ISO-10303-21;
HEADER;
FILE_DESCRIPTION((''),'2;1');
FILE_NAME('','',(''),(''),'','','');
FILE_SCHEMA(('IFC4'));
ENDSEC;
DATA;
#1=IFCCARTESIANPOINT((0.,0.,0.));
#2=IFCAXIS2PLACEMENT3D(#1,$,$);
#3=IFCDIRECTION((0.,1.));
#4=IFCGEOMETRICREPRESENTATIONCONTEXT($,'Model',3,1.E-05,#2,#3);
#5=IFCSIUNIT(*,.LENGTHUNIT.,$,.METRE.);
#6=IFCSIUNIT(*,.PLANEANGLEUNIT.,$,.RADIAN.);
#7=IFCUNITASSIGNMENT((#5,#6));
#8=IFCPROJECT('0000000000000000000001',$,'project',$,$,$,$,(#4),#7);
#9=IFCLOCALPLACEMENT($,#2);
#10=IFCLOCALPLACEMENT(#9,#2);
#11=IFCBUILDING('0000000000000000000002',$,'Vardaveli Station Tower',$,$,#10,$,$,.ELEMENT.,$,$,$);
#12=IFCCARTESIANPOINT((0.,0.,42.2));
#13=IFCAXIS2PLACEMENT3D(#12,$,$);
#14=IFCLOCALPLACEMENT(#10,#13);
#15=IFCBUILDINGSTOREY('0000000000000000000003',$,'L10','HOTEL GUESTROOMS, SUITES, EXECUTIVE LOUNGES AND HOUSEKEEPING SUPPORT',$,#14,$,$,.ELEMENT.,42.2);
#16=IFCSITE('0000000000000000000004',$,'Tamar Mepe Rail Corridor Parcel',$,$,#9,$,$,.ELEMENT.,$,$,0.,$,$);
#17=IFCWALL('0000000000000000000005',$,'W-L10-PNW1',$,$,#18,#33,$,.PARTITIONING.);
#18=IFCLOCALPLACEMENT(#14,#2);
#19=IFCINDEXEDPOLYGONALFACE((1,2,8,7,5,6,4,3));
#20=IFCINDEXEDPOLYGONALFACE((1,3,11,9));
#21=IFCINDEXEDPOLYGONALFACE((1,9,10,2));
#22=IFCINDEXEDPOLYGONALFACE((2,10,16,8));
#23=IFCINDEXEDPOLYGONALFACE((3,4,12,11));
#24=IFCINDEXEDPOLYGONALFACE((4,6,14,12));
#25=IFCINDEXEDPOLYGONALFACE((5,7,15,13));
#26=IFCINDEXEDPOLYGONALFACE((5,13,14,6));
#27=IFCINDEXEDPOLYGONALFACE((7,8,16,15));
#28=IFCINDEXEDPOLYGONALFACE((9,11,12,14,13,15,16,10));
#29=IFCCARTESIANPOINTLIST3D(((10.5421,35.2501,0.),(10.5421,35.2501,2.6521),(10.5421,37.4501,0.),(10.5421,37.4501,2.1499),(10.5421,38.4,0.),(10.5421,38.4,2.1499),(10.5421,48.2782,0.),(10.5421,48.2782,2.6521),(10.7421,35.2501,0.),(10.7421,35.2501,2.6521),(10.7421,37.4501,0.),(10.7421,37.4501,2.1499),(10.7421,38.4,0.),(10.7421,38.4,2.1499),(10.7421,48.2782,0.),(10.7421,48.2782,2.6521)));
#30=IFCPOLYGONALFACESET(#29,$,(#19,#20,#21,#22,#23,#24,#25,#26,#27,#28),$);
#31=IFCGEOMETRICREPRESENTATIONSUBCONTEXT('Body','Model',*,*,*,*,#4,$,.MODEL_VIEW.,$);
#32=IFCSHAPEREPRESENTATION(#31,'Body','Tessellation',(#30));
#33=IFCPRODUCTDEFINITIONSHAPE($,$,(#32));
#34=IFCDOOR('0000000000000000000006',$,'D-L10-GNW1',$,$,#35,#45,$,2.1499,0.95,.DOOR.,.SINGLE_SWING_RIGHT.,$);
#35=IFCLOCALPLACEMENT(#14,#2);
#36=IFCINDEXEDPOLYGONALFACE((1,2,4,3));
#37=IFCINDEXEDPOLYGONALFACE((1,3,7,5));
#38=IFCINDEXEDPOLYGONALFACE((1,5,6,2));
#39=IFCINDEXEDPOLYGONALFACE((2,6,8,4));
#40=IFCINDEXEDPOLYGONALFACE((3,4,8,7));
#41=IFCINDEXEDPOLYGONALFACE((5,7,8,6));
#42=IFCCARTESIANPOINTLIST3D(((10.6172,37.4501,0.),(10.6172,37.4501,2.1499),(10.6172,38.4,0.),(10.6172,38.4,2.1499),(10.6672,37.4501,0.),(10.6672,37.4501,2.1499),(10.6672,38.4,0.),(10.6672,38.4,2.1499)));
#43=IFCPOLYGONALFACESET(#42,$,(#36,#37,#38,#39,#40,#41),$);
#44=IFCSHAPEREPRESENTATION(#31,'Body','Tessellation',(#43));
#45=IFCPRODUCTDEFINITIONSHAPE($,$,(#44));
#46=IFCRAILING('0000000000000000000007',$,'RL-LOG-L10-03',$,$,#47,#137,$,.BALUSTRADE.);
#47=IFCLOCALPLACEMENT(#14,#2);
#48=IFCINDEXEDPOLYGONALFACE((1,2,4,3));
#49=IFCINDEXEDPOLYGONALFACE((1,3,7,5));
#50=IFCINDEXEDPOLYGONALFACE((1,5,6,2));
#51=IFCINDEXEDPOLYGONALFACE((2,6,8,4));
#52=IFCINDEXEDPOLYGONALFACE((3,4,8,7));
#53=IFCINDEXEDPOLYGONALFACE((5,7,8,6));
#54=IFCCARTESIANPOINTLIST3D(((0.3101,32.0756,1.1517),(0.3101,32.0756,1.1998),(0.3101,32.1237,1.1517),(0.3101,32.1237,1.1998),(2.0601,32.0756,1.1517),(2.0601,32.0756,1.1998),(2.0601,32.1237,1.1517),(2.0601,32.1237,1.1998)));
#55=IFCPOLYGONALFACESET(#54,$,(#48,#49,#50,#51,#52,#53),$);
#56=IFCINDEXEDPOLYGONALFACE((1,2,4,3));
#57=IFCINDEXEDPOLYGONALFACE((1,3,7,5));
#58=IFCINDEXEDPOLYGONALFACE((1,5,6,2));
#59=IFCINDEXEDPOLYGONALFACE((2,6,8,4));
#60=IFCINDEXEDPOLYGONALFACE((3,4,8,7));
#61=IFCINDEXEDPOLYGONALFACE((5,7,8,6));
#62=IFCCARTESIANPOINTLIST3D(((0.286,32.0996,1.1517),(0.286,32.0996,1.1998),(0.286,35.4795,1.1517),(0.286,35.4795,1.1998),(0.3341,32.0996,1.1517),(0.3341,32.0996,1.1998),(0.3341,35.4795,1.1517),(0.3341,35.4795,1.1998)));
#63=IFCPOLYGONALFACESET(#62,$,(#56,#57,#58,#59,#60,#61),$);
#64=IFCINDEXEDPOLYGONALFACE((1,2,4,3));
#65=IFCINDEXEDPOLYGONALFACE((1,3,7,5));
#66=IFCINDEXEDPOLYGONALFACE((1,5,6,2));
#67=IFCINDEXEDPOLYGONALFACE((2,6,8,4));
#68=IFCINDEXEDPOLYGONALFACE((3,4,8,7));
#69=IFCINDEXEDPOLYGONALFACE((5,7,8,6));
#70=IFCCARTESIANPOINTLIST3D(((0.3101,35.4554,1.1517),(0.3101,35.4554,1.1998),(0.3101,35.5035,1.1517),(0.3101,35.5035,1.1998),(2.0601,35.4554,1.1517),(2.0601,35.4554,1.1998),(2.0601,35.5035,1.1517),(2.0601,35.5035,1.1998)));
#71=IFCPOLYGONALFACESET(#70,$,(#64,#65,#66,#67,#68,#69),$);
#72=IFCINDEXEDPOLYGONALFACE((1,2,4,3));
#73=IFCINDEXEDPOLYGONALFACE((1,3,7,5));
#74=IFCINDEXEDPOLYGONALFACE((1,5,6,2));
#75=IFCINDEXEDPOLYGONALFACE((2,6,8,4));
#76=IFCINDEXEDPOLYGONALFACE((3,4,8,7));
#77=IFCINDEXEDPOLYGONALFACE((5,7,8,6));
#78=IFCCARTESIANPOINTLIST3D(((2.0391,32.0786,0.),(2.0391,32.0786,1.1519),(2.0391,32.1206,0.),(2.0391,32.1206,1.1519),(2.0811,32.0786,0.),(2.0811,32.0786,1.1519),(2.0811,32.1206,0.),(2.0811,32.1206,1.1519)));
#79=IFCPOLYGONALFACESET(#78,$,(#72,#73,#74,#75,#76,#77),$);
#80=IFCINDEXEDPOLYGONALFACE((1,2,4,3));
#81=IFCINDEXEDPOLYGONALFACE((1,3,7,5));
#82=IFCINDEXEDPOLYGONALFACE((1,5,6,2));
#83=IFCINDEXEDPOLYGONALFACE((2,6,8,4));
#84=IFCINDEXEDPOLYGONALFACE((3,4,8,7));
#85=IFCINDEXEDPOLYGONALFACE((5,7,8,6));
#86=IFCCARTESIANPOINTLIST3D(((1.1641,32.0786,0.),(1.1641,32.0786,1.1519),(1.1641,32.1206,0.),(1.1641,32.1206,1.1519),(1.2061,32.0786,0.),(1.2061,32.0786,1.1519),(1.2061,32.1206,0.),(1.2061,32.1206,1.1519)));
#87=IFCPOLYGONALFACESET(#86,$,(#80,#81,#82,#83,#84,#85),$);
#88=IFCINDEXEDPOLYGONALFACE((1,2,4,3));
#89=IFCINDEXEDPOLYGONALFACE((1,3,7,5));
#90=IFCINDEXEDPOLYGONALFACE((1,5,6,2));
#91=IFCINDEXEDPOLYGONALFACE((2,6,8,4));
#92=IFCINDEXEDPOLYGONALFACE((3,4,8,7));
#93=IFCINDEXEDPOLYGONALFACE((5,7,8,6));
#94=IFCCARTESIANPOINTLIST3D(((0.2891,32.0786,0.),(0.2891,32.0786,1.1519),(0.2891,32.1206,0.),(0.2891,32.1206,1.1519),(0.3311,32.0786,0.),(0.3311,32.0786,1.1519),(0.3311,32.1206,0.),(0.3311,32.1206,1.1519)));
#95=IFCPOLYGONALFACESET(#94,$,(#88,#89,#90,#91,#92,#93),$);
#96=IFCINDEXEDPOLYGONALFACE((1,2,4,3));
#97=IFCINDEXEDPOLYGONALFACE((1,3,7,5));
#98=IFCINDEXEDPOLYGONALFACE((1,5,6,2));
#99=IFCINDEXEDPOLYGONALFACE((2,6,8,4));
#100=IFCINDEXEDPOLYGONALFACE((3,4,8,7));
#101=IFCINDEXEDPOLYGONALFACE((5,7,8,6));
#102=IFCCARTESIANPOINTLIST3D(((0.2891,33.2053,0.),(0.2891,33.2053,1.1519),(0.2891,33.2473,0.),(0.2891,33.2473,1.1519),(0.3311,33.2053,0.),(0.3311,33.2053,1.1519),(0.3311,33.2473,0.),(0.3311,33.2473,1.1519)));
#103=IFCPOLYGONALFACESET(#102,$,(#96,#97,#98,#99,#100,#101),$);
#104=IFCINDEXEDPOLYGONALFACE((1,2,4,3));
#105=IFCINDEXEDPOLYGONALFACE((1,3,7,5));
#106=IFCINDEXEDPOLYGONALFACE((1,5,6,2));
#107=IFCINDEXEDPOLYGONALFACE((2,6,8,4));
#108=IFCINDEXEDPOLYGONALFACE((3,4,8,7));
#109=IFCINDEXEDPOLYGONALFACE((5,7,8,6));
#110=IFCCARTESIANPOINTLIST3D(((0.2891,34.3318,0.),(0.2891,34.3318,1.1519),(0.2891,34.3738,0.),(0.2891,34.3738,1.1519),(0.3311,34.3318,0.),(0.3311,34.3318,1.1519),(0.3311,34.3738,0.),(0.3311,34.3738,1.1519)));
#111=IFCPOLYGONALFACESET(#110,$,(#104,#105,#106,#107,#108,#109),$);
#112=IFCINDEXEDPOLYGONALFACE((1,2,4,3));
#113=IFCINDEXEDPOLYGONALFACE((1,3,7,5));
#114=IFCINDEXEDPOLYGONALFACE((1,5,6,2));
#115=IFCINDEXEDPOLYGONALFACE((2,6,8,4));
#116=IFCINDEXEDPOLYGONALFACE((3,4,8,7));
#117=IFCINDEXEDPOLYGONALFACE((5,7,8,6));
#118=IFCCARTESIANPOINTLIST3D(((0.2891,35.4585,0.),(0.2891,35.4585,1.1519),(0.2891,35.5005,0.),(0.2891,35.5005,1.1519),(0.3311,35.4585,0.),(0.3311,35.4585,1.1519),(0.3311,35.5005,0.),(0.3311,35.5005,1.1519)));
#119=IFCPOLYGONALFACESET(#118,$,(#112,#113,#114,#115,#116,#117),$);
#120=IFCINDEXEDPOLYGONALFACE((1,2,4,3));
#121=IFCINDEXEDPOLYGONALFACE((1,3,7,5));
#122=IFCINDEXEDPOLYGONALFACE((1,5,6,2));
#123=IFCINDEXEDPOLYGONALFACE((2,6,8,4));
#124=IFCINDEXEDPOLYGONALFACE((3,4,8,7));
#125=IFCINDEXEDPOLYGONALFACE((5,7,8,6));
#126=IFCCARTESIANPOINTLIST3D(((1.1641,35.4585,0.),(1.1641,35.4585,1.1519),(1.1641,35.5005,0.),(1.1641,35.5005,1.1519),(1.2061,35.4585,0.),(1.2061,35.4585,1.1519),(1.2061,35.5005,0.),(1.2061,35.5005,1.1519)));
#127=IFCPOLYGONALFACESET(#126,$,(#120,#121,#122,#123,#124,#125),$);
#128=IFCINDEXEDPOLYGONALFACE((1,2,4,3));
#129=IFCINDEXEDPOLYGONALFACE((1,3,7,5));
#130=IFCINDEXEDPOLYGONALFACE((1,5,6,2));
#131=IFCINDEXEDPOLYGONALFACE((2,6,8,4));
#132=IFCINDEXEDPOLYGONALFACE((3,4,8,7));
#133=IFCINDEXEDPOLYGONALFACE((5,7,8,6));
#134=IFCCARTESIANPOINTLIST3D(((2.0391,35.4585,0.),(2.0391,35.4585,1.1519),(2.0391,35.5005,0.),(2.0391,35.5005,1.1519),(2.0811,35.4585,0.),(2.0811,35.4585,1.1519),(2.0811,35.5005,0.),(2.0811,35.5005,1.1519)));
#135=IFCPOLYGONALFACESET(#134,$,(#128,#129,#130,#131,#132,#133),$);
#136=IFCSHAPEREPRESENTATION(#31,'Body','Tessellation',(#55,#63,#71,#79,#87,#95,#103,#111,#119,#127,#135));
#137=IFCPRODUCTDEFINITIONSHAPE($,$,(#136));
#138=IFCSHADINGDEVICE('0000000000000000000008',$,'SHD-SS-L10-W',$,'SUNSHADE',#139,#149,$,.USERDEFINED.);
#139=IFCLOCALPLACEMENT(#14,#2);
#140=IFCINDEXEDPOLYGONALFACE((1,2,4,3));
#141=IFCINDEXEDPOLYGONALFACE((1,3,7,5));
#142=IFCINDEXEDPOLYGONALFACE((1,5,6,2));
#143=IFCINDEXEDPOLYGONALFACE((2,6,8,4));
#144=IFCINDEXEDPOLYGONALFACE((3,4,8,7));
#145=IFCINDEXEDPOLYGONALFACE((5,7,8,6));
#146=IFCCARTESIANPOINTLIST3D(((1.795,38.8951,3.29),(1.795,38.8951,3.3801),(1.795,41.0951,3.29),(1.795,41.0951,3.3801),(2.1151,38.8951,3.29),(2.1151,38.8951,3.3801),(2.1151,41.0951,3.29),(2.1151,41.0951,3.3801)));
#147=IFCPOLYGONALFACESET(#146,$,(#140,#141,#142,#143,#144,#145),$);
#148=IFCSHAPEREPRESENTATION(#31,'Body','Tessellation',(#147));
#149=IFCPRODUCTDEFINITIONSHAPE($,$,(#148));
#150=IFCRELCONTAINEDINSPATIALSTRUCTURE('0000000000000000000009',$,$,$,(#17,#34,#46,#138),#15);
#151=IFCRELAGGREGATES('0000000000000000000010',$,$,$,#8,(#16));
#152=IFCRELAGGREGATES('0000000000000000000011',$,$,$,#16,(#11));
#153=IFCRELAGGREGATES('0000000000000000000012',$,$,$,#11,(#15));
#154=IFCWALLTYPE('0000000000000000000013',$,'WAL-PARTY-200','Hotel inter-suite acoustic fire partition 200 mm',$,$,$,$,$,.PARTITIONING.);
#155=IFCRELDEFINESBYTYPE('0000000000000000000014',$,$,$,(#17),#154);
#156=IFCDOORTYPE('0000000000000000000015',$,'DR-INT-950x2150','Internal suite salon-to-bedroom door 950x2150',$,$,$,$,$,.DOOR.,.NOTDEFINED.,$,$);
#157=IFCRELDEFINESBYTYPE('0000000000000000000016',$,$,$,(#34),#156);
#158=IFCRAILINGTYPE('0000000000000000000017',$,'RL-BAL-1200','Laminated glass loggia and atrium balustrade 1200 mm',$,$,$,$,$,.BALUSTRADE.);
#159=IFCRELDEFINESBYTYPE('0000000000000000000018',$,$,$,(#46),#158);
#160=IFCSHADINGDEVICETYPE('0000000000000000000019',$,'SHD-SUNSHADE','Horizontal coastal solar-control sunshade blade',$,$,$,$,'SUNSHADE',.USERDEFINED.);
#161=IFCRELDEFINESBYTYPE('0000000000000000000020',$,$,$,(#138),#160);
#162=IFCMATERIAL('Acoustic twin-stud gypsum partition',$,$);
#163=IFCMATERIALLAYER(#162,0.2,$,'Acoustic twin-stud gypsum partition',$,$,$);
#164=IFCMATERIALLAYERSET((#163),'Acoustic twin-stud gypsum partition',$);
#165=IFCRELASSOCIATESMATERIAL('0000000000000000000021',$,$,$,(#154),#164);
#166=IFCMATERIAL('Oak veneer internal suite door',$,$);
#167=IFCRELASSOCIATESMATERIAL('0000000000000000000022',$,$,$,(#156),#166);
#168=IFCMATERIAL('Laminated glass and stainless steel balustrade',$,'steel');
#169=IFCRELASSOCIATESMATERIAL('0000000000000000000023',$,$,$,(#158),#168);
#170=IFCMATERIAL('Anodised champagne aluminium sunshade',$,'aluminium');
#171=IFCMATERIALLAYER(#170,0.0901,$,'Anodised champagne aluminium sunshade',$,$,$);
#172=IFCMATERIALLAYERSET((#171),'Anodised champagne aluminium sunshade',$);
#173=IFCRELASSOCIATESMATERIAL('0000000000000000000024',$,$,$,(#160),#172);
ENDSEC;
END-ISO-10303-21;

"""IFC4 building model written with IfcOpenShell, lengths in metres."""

from ifc_helpers import new_model, si_unit, direction, frame, frame_2d, origin, origin_2d, place, context, subcontext, project, spatial, rectangle, extrude, source, transform, mapped, material, layer, layer_set, type_object, element, fill, save


model = new_model("IFC4")

# Units and contexts
model_context = context("Model", 3, precision=1e-05, world=origin(), true_north=direction((0.0, 1.0)))
body_context = subcontext(model_context, "Body", "Model", "MODEL_VIEW")
ifc_project = project(units=[si_unit("LENGTHUNIT", "METRE"), si_unit("PLANEANGLEUNIT", "RADIAN")], contexts=[model_context])

# Site, building, storey
site_placement = place(None, origin())
site = spatial("IfcSite", under=ifc_project, at=site_placement, Name="Tamar Mepe Rail Corridor Parcel", CompositionType="ELEMENT", RefElevation=0.0)
building_placement = place(site_placement, origin())
building = spatial("IfcBuilding", under=site, at=building_placement, Name="Vardaveli Station Tower", CompositionType="ELEMENT")
storey_placement = place(building_placement, frame((0.0, 0.0, 42.2)))
storey = spatial("IfcBuildingStorey", under=building, at=storey_placement, Name="L10", Description="HOTEL GUESTROOMS, SUITES, EXECUTIVE LOUNGES AND HOUSEKEEPING SUPPORT", CompositionType="ELEMENT", Elevation=42.2)

# Wall, opening, door
ifc_material_1 = material(Name="Acoustic twin-stud gypsum partition")
ifc_layer_1 = layer(ifc_material_1, 0.2, Name="Acoustic twin-stud gypsum partition")
ifc_layer_set_1 = layer_set([ifc_layer_1], Name="Acoustic twin-stud gypsum partition")
wall_type_1 = type_object("IfcWallType", Name="WAL-PARTY-200", Description="Hotel inter-suite acoustic fire partition 200 mm", PredefinedType="PARTITIONING", material=ifc_layer_set_1)
shared_shape_1 = source(origin(), body_context, "Body", "SweptSolid", [
    extrude(rectangle(XDim=13.0281, YDim=0.2, at=frame_2d((6.5142, 0.0))), origin(), (0.0, 0.0, 1.0), 2.6521),
])
wall_1_placement = place(storey_placement, frame((10.6421, 35.25, 0.0), z_axis=(0.0, 0.0, 1.0), x_axis=(0.0, 1.0, 0.0)))
wall_1 = element("IfcWall", 1, at=wall_1_placement, inside=storey, type_object=wall_type_1, Name="W-L10-PNW1", PredefinedType="PARTITIONING", context=body_context, shape_type="MappedRepresentation", body=[
    mapped(shared_shape_1, transform((0.0, 0.0, 0.0), scale=1.0)),
])
shared_shape_2 = source(origin(), body_context, "Body", "SweptSolid", [
    extrude(rectangle(XDim=0.95, YDim=2.1499, at=frame_2d((0.4751, 1.075))), frame((0.0, 0.1099, 0.0), z_axis=(0.0, -1.0, 0.0), x_axis=(1.0, 0.0, 0.0)), (0.0, 0.0, 1.0), 0.22),
])
opening_1_placement = place(wall_1_placement, frame((2.2, 0.0, 0.0)))
opening_1 = element("IfcOpeningElement", 2, at=opening_1_placement, cuts=wall_1, PredefinedType="OPENING", context=body_context, shape_type="MappedRepresentation", body=[
    mapped(shared_shape_2, transform((0.0, 0.0, 0.0), scale=1.0)),
])
ifc_material_2 = material(Name="Oak veneer internal suite door")
door_type_1 = type_object("IfcDoorType", Name="DR-INT-950x2150", Description="Internal suite salon-to-bedroom door 950x2150", OperationType="NOTDEFINED", PredefinedType="DOOR", material=ifc_material_2)
shared_shape_3 = source(origin(), body_context, "Body", "SweptSolid", [
    extrude(rectangle(XDim=0.95, YDim=2.1499, at=frame_2d((0.4751, 1.075))), frame((0.0, 0.0249, 0.0), z_axis=(0.0, -1.0, 0.0), x_axis=(1.0, 0.0, 0.0)), (0.0, 0.0, 1.0), 0.05),
])
door_1_placement = place(opening_1_placement, origin())
door_1 = element("IfcDoor", 3, at=door_1_placement, inside=storey, type_object=door_type_1, Name="D-L10-GNW1", OperationType="SINGLE_SWING_RIGHT", OverallHeight=2.1499, OverallWidth=0.95, PredefinedType="DOOR", context=body_context, shape_type="MappedRepresentation", body=[
    mapped(shared_shape_3, transform((0.0, 0.0, 0.0), scale=1.0)),
])
fill(opening_1, door_1)

# Railing
ifc_material_3 = material(Name="Laminated glass and stainless steel balustrade", Category="steel")
railing_type = type_object("IfcRailingType", Name="RL-BAL-1200", Description="Laminated glass loggia and atrium balustrade 1200 mm", PredefinedType="BALUSTRADE", material=ifc_material_3)
shared_shape_4 = source(origin(), body_context, "Body", "SweptSolid", [
    extrude(rectangle(XDim=0.0481, YDim=0.0481, at=origin_2d()), frame((0.0, 0.0, 1.1758), z_axis=(-1.0, 0.0, 0.0), x_axis=(0.0, -1.0, 0.0)), (0.0, 0.0, 1.0), 1.75),
    extrude(rectangle(XDim=0.0481, YDim=0.0481, at=origin_2d()), frame((-1.75, 0.0, 1.1758), z_axis=(0.0, 1.0, 0.0), x_axis=(-1.0, 0.0, 0.0)), (0.0, 0.0, 1.0), 3.3799),
    extrude(rectangle(XDim=0.0481, YDim=0.0481, at=origin_2d()), frame((-1.75, 3.3799, 1.1758), z_axis=(1.0, 0.0, 0.0), x_axis=(0.0, 1.0, 0.0)), (0.0, 0.0, 1.0), 1.75),
    extrude(rectangle(XDim=0.042, YDim=0.042, at=origin_2d()), origin(), (0.0, 0.0, 1.0), 1.1519),
    extrude(rectangle(XDim=0.042, YDim=0.042, at=origin_2d()), frame((-0.875, 0.0, 0.0)), (0.0, 0.0, 1.0), 1.1519),
    extrude(rectangle(XDim=0.042, YDim=0.042, at=origin_2d()), frame((-1.75, 0.0, 0.0)), (0.0, 0.0, 1.0), 1.1519),
    extrude(rectangle(XDim=0.042, YDim=0.042, at=origin_2d()), frame((-1.75, 1.1267, 0.0)), (0.0, 0.0, 1.0), 1.1519),
    extrude(rectangle(XDim=0.042, YDim=0.042, at=origin_2d()), frame((-1.75, 2.2532, 0.0)), (0.0, 0.0, 1.0), 1.1519),
    extrude(rectangle(XDim=0.042, YDim=0.042, at=origin_2d()), frame((-1.75, 3.3799, 0.0)), (0.0, 0.0, 1.0), 1.1519),
    extrude(rectangle(XDim=0.042, YDim=0.042, at=origin_2d()), frame((-0.875, 3.3799, 0.0)), (0.0, 0.0, 1.0), 1.1519),
    extrude(rectangle(XDim=0.042, YDim=0.042, at=origin_2d()), frame((0.0, 3.3799, 0.0)), (0.0, 0.0, 1.0), 1.1519),
])
railing_placement = place(storey_placement, frame((2.0601, 32.0996, 0.0)))
element("IfcRailing", 4, at=railing_placement, inside=storey, type_object=railing_type, Name="RL-LOG-L10-03", PredefinedType="BALUSTRADE", context=body_context, shape_type="MappedRepresentation", body=[
    mapped(shared_shape_4, transform((0.0, 0.0, 0.0), scale=1.0)),
])

# Shading device
ifc_material_4 = material(Name="Anodised champagne aluminium sunshade", Category="aluminium")
ifc_layer_2 = layer(ifc_material_4, 0.0901, Name="Anodised champagne aluminium sunshade")
ifc_layer_set_2 = layer_set([ifc_layer_2], Name="Anodised champagne aluminium sunshade")
shading_device_type = type_object("IfcShadingDeviceType", Name="SHD-SUNSHADE", Description="Horizontal coastal solar-control sunshade blade", ElementType="SUNSHADE", PredefinedType="USERDEFINED", material=ifc_layer_set_2)
shared_shape_5 = source(origin(), body_context, "Body", "SweptSolid", [
    extrude(rectangle(XDim=2.2, YDim=0.3201, at=origin_2d()), origin(), (0.0, 0.0, 1.0), 0.0901),
])
shading_device_placement = place(storey_placement, frame((1.9551, 39.9951, 3.29), z_axis=(0.0, 0.0, 1.0), x_axis=(0.0, 1.0, 0.0)))
element("IfcShadingDevice", 5, at=shading_device_placement, inside=storey, type_object=shading_device_type, Name="SHD-SS-L10-W", ObjectType="SUNSHADE", PredefinedType="USERDEFINED", context=body_context, shape_type="MappedRepresentation", body=[
    mapped(shared_shape_5, transform((0.0, 0.0, 0.0), scale=1.0)),
])

save(model, "model.ifc")
